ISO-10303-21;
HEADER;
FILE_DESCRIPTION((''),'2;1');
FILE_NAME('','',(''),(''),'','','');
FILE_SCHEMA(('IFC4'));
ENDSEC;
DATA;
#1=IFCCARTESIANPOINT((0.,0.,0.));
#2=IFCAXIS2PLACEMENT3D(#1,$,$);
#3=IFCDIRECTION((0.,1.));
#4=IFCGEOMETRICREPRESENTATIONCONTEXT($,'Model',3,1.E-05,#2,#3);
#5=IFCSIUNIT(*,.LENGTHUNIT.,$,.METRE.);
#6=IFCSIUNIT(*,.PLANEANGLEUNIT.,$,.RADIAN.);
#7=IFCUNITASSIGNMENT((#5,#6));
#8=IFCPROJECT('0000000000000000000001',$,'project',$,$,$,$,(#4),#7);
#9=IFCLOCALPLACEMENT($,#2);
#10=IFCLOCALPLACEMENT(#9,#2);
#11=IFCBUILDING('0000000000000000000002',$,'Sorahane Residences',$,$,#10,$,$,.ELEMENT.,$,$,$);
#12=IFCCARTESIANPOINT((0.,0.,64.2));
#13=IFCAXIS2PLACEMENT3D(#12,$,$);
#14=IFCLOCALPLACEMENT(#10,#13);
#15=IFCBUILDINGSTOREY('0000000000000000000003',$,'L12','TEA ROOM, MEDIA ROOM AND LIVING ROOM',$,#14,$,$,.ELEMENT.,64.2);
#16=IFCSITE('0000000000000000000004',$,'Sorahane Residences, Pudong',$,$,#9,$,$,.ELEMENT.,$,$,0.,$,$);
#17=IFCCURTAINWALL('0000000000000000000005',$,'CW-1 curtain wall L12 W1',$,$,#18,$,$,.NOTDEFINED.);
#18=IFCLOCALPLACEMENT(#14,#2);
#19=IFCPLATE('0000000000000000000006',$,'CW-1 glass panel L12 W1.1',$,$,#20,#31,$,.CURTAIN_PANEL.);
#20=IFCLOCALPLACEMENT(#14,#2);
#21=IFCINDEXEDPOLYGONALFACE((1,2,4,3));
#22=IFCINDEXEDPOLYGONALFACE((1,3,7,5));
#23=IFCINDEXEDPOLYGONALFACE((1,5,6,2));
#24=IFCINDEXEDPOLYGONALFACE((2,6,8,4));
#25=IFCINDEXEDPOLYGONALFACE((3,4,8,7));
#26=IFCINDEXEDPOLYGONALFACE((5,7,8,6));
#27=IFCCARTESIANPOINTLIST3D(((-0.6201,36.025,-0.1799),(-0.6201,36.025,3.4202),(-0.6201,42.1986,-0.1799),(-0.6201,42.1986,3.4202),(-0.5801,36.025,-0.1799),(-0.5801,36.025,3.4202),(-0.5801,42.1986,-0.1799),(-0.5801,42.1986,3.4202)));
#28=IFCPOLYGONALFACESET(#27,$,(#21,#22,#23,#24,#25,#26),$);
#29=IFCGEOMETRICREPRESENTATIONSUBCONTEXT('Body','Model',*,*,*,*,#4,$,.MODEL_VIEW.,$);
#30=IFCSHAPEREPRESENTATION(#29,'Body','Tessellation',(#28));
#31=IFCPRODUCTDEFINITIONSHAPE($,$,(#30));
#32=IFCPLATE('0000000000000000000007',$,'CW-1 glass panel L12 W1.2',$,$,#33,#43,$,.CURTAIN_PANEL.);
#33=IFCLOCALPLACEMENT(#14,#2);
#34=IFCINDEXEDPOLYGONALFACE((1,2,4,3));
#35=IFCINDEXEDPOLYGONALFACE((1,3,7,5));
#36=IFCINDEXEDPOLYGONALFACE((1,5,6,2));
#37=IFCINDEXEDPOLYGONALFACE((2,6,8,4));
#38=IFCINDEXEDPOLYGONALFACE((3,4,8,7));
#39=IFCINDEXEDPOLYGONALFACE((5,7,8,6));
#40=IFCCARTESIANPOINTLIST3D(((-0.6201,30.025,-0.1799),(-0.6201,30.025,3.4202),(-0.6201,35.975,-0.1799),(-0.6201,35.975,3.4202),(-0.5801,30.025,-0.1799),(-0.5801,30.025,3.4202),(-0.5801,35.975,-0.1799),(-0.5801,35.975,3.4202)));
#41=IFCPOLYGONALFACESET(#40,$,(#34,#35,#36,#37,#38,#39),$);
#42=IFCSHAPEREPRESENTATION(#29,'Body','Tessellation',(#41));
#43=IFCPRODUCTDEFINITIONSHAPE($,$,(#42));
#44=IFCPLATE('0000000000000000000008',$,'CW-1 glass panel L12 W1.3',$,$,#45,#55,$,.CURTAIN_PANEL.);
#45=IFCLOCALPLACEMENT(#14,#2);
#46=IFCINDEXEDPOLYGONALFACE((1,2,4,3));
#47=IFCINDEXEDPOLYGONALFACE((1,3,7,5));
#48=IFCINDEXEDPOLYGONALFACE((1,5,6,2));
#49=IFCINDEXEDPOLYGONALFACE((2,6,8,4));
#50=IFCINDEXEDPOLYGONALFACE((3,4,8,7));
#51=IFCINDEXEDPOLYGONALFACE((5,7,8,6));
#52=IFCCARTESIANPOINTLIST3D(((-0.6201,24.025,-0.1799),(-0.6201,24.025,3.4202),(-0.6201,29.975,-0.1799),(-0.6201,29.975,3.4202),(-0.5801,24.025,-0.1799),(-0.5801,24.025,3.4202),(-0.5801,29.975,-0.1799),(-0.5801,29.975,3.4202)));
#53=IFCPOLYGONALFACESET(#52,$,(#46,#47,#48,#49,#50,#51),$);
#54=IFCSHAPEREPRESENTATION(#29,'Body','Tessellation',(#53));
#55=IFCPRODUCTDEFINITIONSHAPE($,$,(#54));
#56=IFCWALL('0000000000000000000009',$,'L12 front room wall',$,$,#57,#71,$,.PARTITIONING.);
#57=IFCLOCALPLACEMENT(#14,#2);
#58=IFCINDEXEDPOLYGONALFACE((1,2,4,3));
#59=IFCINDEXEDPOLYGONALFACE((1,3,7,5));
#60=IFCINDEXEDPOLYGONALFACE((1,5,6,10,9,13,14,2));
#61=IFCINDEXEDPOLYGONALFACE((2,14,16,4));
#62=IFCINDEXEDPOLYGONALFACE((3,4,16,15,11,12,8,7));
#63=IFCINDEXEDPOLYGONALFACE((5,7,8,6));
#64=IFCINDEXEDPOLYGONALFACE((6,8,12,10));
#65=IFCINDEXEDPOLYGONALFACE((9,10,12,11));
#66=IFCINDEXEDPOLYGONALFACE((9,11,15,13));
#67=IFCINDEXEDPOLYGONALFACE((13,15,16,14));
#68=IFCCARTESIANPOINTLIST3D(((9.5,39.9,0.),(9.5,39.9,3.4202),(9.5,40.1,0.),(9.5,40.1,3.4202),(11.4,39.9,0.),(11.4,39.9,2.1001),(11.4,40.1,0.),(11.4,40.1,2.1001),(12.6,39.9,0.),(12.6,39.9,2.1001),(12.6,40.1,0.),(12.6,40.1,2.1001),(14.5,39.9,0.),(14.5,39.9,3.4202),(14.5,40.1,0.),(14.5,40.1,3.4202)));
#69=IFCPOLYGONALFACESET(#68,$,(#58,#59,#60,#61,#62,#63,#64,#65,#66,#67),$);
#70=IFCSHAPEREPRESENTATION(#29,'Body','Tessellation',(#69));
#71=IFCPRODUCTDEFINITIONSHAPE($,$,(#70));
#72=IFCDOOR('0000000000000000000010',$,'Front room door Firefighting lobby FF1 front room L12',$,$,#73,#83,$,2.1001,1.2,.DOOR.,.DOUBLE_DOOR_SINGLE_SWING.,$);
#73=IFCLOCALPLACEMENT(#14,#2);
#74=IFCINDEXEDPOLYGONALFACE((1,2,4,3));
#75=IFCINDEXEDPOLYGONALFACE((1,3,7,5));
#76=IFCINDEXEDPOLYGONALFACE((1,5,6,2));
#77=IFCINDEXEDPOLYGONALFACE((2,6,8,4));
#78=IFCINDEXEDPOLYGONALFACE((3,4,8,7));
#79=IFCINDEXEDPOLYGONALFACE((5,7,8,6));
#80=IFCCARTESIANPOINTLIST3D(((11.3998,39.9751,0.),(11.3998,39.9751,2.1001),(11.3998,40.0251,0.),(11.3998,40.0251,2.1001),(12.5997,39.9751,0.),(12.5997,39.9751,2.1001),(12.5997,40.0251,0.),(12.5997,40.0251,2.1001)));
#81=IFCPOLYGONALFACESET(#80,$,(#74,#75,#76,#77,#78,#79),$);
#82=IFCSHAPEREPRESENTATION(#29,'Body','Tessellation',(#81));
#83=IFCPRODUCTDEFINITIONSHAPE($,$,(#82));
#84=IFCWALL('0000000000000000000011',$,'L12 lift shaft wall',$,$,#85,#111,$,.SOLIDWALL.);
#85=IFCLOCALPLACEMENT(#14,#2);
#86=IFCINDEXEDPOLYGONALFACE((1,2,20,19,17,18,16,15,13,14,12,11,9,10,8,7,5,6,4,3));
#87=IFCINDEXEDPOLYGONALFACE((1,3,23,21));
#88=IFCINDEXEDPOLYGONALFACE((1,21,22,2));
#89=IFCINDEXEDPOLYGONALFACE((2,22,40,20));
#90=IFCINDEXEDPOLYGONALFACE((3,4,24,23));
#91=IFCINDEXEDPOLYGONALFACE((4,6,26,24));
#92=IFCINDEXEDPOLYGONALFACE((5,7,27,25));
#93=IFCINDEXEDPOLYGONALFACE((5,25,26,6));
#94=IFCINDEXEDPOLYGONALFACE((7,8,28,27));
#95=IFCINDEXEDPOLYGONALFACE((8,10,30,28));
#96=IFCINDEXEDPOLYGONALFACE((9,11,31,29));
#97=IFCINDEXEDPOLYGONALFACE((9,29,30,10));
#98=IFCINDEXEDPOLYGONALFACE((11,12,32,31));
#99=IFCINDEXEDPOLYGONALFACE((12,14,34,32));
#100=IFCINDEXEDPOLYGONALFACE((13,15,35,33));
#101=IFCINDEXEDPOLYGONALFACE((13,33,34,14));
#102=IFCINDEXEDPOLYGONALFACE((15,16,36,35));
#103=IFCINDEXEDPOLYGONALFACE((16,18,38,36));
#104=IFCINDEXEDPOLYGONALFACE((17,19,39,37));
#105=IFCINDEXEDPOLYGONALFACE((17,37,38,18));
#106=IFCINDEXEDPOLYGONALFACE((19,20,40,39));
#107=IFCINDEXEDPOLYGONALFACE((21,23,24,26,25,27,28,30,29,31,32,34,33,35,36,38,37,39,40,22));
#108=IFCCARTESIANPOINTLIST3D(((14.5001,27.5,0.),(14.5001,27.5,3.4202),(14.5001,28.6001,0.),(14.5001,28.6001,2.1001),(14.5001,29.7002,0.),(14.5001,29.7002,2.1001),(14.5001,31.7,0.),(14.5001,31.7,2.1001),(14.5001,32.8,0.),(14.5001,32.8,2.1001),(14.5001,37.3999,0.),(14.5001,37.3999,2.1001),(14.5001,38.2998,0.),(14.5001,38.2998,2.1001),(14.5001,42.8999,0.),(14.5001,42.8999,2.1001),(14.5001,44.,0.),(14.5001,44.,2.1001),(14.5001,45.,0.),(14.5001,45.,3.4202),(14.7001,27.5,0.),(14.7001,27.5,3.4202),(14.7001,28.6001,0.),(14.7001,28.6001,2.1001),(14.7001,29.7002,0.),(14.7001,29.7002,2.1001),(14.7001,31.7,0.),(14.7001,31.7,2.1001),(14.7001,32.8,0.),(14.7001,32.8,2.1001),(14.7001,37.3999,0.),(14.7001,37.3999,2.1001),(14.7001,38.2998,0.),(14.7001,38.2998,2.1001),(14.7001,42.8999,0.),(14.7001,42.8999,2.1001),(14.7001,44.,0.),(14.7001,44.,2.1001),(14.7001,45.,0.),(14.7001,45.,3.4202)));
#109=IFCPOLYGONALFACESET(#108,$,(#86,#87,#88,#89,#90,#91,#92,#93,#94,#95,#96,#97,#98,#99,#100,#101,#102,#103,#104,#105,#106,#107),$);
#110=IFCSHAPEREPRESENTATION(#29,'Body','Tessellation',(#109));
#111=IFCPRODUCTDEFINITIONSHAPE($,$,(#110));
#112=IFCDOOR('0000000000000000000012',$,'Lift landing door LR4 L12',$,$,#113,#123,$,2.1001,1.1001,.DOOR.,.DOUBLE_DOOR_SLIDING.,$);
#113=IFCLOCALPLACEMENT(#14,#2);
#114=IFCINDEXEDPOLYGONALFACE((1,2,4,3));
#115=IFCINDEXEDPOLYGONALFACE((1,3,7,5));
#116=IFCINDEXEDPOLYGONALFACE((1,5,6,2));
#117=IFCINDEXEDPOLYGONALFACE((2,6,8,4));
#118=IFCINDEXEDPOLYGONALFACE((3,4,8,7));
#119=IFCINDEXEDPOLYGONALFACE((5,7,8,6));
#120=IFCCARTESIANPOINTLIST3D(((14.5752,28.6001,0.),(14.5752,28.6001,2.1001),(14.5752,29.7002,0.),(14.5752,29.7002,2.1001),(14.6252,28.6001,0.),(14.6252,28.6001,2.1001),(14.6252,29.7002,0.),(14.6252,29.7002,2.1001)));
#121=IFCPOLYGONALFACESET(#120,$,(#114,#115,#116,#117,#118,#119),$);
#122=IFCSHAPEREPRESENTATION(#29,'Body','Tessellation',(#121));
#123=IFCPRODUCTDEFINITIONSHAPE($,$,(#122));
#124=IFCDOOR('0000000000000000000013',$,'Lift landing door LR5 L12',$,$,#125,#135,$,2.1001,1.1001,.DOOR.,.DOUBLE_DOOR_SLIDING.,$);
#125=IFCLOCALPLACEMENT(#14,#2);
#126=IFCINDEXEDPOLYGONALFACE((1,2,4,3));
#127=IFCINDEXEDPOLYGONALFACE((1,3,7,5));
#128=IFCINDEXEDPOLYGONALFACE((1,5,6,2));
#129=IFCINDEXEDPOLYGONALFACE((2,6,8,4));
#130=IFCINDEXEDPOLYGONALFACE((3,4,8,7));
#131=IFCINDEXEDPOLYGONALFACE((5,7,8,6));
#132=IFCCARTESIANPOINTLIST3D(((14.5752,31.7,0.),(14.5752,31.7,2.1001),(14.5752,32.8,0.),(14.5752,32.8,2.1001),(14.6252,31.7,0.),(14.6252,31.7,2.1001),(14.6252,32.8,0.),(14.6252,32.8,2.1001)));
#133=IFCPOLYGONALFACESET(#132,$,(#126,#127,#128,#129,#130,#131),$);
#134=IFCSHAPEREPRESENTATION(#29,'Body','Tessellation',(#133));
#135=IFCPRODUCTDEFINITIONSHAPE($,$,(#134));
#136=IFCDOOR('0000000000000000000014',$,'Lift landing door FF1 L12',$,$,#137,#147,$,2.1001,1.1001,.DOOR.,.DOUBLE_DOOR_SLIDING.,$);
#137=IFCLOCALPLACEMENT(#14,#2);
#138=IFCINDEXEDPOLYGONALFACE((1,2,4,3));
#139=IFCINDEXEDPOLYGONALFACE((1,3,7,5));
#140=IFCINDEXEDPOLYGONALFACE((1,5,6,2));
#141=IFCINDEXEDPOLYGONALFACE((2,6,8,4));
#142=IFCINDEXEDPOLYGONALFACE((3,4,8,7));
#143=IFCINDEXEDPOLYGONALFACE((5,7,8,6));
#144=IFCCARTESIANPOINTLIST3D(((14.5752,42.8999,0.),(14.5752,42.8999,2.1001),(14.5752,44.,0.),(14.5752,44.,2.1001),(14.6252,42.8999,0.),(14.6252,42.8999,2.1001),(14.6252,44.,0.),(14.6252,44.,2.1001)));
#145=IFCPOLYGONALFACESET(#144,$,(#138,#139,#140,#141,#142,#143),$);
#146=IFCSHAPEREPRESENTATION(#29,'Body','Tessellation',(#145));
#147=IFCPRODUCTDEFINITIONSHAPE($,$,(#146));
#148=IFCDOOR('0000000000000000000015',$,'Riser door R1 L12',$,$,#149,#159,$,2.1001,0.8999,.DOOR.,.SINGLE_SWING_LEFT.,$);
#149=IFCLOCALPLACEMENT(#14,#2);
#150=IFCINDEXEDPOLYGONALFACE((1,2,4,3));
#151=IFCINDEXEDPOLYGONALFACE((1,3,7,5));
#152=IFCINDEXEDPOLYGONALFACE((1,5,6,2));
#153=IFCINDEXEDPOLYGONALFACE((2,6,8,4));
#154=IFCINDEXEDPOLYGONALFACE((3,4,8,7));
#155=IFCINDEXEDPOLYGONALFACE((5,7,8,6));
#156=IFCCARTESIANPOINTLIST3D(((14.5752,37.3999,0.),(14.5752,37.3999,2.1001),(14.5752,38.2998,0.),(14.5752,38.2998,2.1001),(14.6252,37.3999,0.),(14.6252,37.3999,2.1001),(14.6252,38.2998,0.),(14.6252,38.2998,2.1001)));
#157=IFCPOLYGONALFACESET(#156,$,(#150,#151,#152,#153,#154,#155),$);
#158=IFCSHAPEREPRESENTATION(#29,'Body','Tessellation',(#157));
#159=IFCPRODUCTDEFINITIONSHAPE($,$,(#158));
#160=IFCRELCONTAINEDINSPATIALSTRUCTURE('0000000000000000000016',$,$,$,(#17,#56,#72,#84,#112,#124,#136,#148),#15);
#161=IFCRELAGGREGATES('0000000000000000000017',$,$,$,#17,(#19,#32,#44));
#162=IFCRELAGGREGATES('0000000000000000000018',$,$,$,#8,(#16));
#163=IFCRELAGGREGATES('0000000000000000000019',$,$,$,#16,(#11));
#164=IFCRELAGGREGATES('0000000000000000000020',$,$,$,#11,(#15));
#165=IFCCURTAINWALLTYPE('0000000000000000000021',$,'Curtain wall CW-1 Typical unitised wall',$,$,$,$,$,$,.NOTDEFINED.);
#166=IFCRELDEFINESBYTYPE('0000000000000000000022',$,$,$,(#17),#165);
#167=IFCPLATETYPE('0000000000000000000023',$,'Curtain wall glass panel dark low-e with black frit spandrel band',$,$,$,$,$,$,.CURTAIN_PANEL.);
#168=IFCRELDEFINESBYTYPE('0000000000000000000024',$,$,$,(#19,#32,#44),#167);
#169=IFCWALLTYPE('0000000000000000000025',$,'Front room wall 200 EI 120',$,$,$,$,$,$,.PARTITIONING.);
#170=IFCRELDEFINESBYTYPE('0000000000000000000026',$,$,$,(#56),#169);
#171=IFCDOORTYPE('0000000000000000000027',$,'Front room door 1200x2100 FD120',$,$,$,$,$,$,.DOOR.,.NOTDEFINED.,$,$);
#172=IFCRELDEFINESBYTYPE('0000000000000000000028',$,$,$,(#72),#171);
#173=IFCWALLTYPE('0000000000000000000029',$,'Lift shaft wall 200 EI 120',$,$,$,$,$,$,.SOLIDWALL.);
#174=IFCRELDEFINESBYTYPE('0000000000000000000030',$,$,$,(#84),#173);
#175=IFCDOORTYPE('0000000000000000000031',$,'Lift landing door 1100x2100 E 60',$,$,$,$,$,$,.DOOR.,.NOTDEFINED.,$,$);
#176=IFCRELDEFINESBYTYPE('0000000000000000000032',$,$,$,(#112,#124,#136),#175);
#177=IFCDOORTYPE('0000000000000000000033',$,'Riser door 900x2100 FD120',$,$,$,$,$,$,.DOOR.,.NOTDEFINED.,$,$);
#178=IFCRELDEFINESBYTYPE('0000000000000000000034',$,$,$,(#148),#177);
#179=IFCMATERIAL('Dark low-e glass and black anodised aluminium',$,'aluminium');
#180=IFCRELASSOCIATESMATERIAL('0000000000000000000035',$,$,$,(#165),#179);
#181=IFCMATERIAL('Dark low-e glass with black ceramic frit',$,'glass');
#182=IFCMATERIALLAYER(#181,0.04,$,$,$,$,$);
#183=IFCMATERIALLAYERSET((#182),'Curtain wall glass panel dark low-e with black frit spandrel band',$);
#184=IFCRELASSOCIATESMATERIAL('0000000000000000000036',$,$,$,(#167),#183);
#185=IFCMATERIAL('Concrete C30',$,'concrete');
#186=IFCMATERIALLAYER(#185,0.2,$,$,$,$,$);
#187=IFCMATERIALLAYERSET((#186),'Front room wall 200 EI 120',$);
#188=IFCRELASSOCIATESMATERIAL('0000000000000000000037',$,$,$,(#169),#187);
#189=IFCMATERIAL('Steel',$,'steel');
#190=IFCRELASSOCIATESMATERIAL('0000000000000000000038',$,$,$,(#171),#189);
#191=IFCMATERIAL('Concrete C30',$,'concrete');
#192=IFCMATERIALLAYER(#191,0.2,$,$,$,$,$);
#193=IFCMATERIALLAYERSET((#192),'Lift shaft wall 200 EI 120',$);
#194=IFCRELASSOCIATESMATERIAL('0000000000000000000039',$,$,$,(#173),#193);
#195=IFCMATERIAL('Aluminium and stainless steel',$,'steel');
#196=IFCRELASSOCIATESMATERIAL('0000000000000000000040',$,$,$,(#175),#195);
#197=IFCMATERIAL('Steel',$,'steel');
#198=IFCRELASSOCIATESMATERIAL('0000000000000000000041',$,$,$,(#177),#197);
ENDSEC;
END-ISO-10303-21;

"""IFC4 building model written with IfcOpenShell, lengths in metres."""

from ifc_helpers import new_model, si_unit, direction, frame, frame_2d, origin, origin_2d, place, context, subcontext, project, spatial, rectangle, extrude, material, layer, layer_set, type_object, element, fill, aggregate, save


model = new_model("IFC4")

# Units and contexts
model_context = context("Model", 3, precision=1e-05, world=origin(), true_north=direction((0.0, 1.0)))
body_context = subcontext(model_context, "Body", "Model", "MODEL_VIEW")
ifc_project = project(units=[si_unit("LENGTHUNIT", "METRE"), si_unit("PLANEANGLEUNIT", "RADIAN")], contexts=[model_context])

# Site, building, storey
site_placement = place(None, origin())
site = spatial("IfcSite", under=ifc_project, at=site_placement, Name="Sorahane Residences, Pudong", CompositionType="ELEMENT", RefElevation=0.0)
building_placement = place(site_placement, origin())
building = spatial("IfcBuilding", under=site, at=building_placement, Name="Sorahane Residences", CompositionType="ELEMENT")
storey_placement = place(building_placement, frame((0.0, 0.0, 64.2)))
storey = spatial("IfcBuildingStorey", under=building, at=storey_placement, Name="L12", Description="TEA ROOM, MEDIA ROOM AND LIVING ROOM", CompositionType="ELEMENT", Elevation=64.2)

# Curtain wall
ifc_material_1 = material(Name="Dark low-e glass and black anodised aluminium", Category="aluminium")
curtain_wall_type = type_object("IfcCurtainWallType", Name="Curtain wall CW-1 Typical unitised wall", PredefinedType="NOTDEFINED", material=ifc_material_1)
curtain_wall_placement = place(storey_placement, origin())
curtain_wall = element("IfcCurtainWall", 1, at=curtain_wall_placement, inside=storey, type_object=curtain_wall_type, Name="CW-1 curtain wall L12 W1", PredefinedType="NOTDEFINED")

# Plates
ifc_material_2 = material(Name="Dark low-e glass with black ceramic frit", Category="glass")
ifc_layer_1 = layer(ifc_material_2, 0.04)
ifc_layer_set_1 = layer_set([ifc_layer_1], Name="Curtain wall glass panel dark low-e with black frit spandrel band")
plate_type = type_object("IfcPlateType", Name="Curtain wall glass panel dark low-e with black frit spandrel band", PredefinedType="CURTAIN_PANEL", material=ifc_layer_set_1)
plate_1_placement = place(storey_placement, frame((-0.6001, 39.1118, -0.1799), z_axis=(0.0, 0.0, 1.0), x_axis=(0.0, -1.0, 0.0)))
plate_1 = element("IfcPlate", 2, at=plate_1_placement, type_object=plate_type, Name="CW-1 glass panel L12 W1.1", PredefinedType="CURTAIN_PANEL", context=body_context, shape_type="SweptSolid", body=[
    extrude(rectangle(XDim=6.1736, YDim=0.04, at=origin_2d()), origin(), (0.0, 0.0, 1.0), 3.6001),
])
plate_2_placement = place(storey_placement, frame((-0.6001, 33.0, -0.1799), z_axis=(0.0, 0.0, 1.0), x_axis=(0.0, -1.0, 0.0)))
plate_2 = element("IfcPlate", 3, at=plate_2_placement, type_object=plate_type, Name="CW-1 glass panel L12 W1.2", PredefinedType="CURTAIN_PANEL", context=body_context, shape_type="SweptSolid", body=[
    extrude(rectangle(XDim=5.95, YDim=0.04, at=origin_2d()), origin(), (0.0, 0.0, 1.0), 3.6001),
])
plate_3_placement = place(storey_placement, frame((-0.6001, 27.0, -0.1799), z_axis=(0.0, 0.0, 1.0), x_axis=(0.0, -1.0, 0.0)))
plate_3 = element("IfcPlate", 4, at=plate_3_placement, type_object=plate_type, Name="CW-1 glass panel L12 W1.3", PredefinedType="CURTAIN_PANEL", context=body_context, shape_type="SweptSolid", body=[
    extrude(rectangle(XDim=5.95, YDim=0.04, at=origin_2d()), origin(), (0.0, 0.0, 1.0), 3.6001),
])
aggregate(curtain_wall, [plate_1, plate_2, plate_3])

# Wall, opening, door
ifc_material_3 = material(Name="Concrete C30", Category="concrete")
ifc_layer_2 = layer(ifc_material_3, 0.2)
ifc_layer_set_2 = layer_set([ifc_layer_2], Name="Front room wall 200 EI 120")
wall_type_1 = type_object("IfcWallType", Name="Front room wall 200 EI 120", PredefinedType="PARTITIONING", material=ifc_layer_set_2)
wall_1_placement = place(storey_placement, frame((9.5, 40.0, 0.0), z_axis=(0.0, 0.0, 1.0), x_axis=(1.0, 0.0, 0.0)))
wall_1 = element("IfcWall", 5, at=wall_1_placement, inside=storey, type_object=wall_type_1, Name="L12 front room wall", PredefinedType="PARTITIONING", context=body_context, shape_type="SweptSolid", body=[
    extrude(rectangle(XDim=5.0, YDim=0.2, at=frame_2d((2.5, 0.0))), origin(), (0.0, 0.0, 1.0), 3.4202),
])
opening_1_placement = place(wall_1_placement, frame((1.8999, 0.0, 0.0)))
opening_1 = element("IfcOpeningElement", 6, at=opening_1_placement, cuts=wall_1, PredefinedType="OPENING", context=body_context, shape_type="SweptSolid", body=[
    extrude(rectangle(XDim=1.2, YDim=2.1001, at=frame_2d((0.6001, 1.05))), frame((0.0, 0.1099, 0.0), z_axis=(0.0, -1.0, 0.0), x_axis=(1.0, 0.0, 0.0)), (0.0, 0.0, 1.0), 0.22),
])
ifc_material_4 = material(Name="Steel", Category="steel")
door_type_1 = type_object("IfcDoorType", Name="Front room door 1200x2100 FD120", OperationType="NOTDEFINED", PredefinedType="DOOR", material=ifc_material_4)
door_1_placement = place(opening_1_placement, frame((1.2, 0.0, 0.0), z_axis=(0.0, 0.0, 1.0), x_axis=(-1.0, 0.0, 0.0)))
door_1 = element("IfcDoor", 7, at=door_1_placement, inside=storey, type_object=door_type_1, Name="Front room door Firefighting lobby FF1 front room L12", OperationType="DOUBLE_DOOR_SINGLE_SWING", OverallHeight=2.1001, OverallWidth=1.2, PredefinedType="DOOR", context=body_context, shape_type="SweptSolid", body=[
    extrude(rectangle(XDim=1.2, YDim=2.1001, at=frame_2d((0.6001, 1.05))), frame((0.0, 0.0249, 0.0), z_axis=(0.0, -1.0, 0.0), x_axis=(1.0, 0.0, 0.0)), (0.0, 0.0, 1.0), 0.05),
])
fill(opening_1, door_1)

# Wall, openings, doors
ifc_material_5 = material(Name="Concrete C30", Category="concrete")
ifc_layer_3 = layer(ifc_material_5, 0.2)
ifc_layer_set_3 = layer_set([ifc_layer_3], Name="Lift shaft wall 200 EI 120")
wall_type_2 = type_object("IfcWallType", Name="Lift shaft wall 200 EI 120", PredefinedType="SOLIDWALL", material=ifc_layer_set_3)
wall_2_placement = place(storey_placement, frame((14.6001, 27.5, 0.0), z_axis=(0.0, 0.0, 1.0), x_axis=(0.0, 1.0, 0.0)))
wall_2 = element("IfcWall", 8, at=wall_2_placement, inside=storey, type_object=wall_type_2, Name="L12 lift shaft wall", PredefinedType="SOLIDWALL", context=body_context, shape_type="SweptSolid", body=[
    extrude(rectangle(XDim=17.5, YDim=0.2, at=frame_2d((8.75, 0.0))), origin(), (0.0, 0.0, 1.0), 3.4202),
])
opening_2_placement = place(wall_2_placement, frame((1.1001, 0.0, 0.0)))
opening_2 = element("IfcOpeningElement", 9, at=opening_2_placement, cuts=wall_2, PredefinedType="OPENING", context=body_context, shape_type="SweptSolid", body=[
    extrude(rectangle(XDim=1.1001, YDim=2.1001, at=frame_2d((0.55, 1.05))), frame((0.0, 0.1099, 0.0), z_axis=(0.0, -1.0, 0.0), x_axis=(1.0, 0.0, 0.0)), (0.0, 0.0, 1.0), 0.22),
])
opening_3_placement = place(wall_2_placement, frame((4.2, 0.0, 0.0)))
opening_3 = element("IfcOpeningElement", 10, at=opening_3_placement, cuts=wall_2, PredefinedType="OPENING", context=body_context, shape_type="SweptSolid", body=[
    extrude(rectangle(XDim=1.1001, YDim=2.1001, at=frame_2d((0.55, 1.05))), frame((0.0, 0.1099, 0.0), z_axis=(0.0, -1.0, 0.0), x_axis=(1.0, 0.0, 0.0)), (0.0, 0.0, 1.0), 0.22),
])
opening_4_placement = place(wall_2_placement, frame((15.3999, 0.0, 0.0)))
opening_4 = element("IfcOpeningElement", 11, at=opening_4_placement, cuts=wall_2, PredefinedType="OPENING", context=body_context, shape_type="SweptSolid", body=[
    extrude(rectangle(XDim=1.1001, YDim=2.1001, at=frame_2d((0.55, 1.05))), frame((0.0, 0.1099, 0.0), z_axis=(0.0, -1.0, 0.0), x_axis=(1.0, 0.0, 0.0)), (0.0, 0.0, 1.0), 0.22),
])
opening_5_placement = place(wall_2_placement, frame((9.8999, 0.0, 0.0)))
opening_5 = element("IfcOpeningElement", 12, at=opening_5_placement, cuts=wall_2, PredefinedType="OPENING", context=body_context, shape_type="SweptSolid", body=[
    extrude(rectangle(XDim=0.8999, YDim=2.1001, at=frame_2d((0.45, 1.05))), frame((0.0, 0.1099, 0.0), z_axis=(0.0, -1.0, 0.0), x_axis=(1.0, 0.0, 0.0)), (0.0, 0.0, 1.0), 0.22),
])
ifc_material_6 = material(Name="Aluminium and stainless steel", Category="steel")
door_type_2 = type_object("IfcDoorType", Name="Lift landing door 1100x2100 E 60", OperationType="NOTDEFINED", PredefinedType="DOOR", material=ifc_material_6)
door_2_placement = place(opening_2_placement, origin())
door_2 = element("IfcDoor", 13, at=door_2_placement, inside=storey, type_object=door_type_2, Name="Lift landing door LR4 L12", OperationType="DOUBLE_DOOR_SLIDING", OverallHeight=2.1001, OverallWidth=1.1001, PredefinedType="DOOR", context=body_context, shape_type="SweptSolid", body=[
    extrude(rectangle(XDim=1.1001, YDim=2.1001, at=frame_2d((0.55, 1.05))), frame((0.0, 0.0249, 0.0), z_axis=(0.0, -1.0, 0.0), x_axis=(1.0, 0.0, 0.0)), (0.0, 0.0, 1.0), 0.05),
])
fill(opening_2, door_2)
door_3_placement = place(opening_3_placement, origin())
door_3 = element("IfcDoor", 14, at=door_3_placement, inside=storey, type_object=door_type_2, Name="Lift landing door LR5 L12", OperationType="DOUBLE_DOOR_SLIDING", OverallHeight=2.1001, OverallWidth=1.1001, PredefinedType="DOOR", context=body_context, shape_type="SweptSolid", body=[
    extrude(rectangle(XDim=1.1001, YDim=2.1001, at=frame_2d((0.55, 1.05))), frame((0.0, 0.0249, 0.0), z_axis=(0.0, -1.0, 0.0), x_axis=(1.0, 0.0, 0.0)), (0.0, 0.0, 1.0), 0.05),
])
fill(opening_3, door_3)
door_4_placement = place(opening_4_placement, origin())
door_4 = element("IfcDoor", 15, at=door_4_placement, inside=storey, type_object=door_type_2, Name="Lift landing door FF1 L12", OperationType="DOUBLE_DOOR_SLIDING", OverallHeight=2.1001, OverallWidth=1.1001, PredefinedType="DOOR", context=body_context, shape_type="SweptSolid", body=[
    extrude(rectangle(XDim=1.1001, YDim=2.1001, at=frame_2d((0.55, 1.05))), frame((0.0, 0.0249, 0.0), z_axis=(0.0, -1.0, 0.0), x_axis=(1.0, 0.0, 0.0)), (0.0, 0.0, 1.0), 0.05),
])
fill(opening_4, door_4)
ifc_material_7 = material(Name="Steel", Category="steel")
door_type_3 = type_object("IfcDoorType", Name="Riser door 900x2100 FD120", OperationType="NOTDEFINED", PredefinedType="DOOR", material=ifc_material_7)
door_5_placement = place(opening_5_placement, origin())
door_5 = element("IfcDoor", 16, at=door_5_placement, inside=storey, type_object=door_type_3, Name="Riser door R1 L12", OperationType="SINGLE_SWING_LEFT", OverallHeight=2.1001, OverallWidth=0.8999, PredefinedType="DOOR", context=body_context, shape_type="SweptSolid", body=[
    extrude(rectangle(XDim=0.8999, YDim=2.1001, at=frame_2d((0.45, 1.05))), frame((0.0, 0.0249, 0.0), z_axis=(0.0, -1.0, 0.0), x_axis=(1.0, 0.0, 0.0)), (0.0, 0.0, 1.0), 0.05),
])
fill(opening_5, door_5)

save(model, "model.ifc")
